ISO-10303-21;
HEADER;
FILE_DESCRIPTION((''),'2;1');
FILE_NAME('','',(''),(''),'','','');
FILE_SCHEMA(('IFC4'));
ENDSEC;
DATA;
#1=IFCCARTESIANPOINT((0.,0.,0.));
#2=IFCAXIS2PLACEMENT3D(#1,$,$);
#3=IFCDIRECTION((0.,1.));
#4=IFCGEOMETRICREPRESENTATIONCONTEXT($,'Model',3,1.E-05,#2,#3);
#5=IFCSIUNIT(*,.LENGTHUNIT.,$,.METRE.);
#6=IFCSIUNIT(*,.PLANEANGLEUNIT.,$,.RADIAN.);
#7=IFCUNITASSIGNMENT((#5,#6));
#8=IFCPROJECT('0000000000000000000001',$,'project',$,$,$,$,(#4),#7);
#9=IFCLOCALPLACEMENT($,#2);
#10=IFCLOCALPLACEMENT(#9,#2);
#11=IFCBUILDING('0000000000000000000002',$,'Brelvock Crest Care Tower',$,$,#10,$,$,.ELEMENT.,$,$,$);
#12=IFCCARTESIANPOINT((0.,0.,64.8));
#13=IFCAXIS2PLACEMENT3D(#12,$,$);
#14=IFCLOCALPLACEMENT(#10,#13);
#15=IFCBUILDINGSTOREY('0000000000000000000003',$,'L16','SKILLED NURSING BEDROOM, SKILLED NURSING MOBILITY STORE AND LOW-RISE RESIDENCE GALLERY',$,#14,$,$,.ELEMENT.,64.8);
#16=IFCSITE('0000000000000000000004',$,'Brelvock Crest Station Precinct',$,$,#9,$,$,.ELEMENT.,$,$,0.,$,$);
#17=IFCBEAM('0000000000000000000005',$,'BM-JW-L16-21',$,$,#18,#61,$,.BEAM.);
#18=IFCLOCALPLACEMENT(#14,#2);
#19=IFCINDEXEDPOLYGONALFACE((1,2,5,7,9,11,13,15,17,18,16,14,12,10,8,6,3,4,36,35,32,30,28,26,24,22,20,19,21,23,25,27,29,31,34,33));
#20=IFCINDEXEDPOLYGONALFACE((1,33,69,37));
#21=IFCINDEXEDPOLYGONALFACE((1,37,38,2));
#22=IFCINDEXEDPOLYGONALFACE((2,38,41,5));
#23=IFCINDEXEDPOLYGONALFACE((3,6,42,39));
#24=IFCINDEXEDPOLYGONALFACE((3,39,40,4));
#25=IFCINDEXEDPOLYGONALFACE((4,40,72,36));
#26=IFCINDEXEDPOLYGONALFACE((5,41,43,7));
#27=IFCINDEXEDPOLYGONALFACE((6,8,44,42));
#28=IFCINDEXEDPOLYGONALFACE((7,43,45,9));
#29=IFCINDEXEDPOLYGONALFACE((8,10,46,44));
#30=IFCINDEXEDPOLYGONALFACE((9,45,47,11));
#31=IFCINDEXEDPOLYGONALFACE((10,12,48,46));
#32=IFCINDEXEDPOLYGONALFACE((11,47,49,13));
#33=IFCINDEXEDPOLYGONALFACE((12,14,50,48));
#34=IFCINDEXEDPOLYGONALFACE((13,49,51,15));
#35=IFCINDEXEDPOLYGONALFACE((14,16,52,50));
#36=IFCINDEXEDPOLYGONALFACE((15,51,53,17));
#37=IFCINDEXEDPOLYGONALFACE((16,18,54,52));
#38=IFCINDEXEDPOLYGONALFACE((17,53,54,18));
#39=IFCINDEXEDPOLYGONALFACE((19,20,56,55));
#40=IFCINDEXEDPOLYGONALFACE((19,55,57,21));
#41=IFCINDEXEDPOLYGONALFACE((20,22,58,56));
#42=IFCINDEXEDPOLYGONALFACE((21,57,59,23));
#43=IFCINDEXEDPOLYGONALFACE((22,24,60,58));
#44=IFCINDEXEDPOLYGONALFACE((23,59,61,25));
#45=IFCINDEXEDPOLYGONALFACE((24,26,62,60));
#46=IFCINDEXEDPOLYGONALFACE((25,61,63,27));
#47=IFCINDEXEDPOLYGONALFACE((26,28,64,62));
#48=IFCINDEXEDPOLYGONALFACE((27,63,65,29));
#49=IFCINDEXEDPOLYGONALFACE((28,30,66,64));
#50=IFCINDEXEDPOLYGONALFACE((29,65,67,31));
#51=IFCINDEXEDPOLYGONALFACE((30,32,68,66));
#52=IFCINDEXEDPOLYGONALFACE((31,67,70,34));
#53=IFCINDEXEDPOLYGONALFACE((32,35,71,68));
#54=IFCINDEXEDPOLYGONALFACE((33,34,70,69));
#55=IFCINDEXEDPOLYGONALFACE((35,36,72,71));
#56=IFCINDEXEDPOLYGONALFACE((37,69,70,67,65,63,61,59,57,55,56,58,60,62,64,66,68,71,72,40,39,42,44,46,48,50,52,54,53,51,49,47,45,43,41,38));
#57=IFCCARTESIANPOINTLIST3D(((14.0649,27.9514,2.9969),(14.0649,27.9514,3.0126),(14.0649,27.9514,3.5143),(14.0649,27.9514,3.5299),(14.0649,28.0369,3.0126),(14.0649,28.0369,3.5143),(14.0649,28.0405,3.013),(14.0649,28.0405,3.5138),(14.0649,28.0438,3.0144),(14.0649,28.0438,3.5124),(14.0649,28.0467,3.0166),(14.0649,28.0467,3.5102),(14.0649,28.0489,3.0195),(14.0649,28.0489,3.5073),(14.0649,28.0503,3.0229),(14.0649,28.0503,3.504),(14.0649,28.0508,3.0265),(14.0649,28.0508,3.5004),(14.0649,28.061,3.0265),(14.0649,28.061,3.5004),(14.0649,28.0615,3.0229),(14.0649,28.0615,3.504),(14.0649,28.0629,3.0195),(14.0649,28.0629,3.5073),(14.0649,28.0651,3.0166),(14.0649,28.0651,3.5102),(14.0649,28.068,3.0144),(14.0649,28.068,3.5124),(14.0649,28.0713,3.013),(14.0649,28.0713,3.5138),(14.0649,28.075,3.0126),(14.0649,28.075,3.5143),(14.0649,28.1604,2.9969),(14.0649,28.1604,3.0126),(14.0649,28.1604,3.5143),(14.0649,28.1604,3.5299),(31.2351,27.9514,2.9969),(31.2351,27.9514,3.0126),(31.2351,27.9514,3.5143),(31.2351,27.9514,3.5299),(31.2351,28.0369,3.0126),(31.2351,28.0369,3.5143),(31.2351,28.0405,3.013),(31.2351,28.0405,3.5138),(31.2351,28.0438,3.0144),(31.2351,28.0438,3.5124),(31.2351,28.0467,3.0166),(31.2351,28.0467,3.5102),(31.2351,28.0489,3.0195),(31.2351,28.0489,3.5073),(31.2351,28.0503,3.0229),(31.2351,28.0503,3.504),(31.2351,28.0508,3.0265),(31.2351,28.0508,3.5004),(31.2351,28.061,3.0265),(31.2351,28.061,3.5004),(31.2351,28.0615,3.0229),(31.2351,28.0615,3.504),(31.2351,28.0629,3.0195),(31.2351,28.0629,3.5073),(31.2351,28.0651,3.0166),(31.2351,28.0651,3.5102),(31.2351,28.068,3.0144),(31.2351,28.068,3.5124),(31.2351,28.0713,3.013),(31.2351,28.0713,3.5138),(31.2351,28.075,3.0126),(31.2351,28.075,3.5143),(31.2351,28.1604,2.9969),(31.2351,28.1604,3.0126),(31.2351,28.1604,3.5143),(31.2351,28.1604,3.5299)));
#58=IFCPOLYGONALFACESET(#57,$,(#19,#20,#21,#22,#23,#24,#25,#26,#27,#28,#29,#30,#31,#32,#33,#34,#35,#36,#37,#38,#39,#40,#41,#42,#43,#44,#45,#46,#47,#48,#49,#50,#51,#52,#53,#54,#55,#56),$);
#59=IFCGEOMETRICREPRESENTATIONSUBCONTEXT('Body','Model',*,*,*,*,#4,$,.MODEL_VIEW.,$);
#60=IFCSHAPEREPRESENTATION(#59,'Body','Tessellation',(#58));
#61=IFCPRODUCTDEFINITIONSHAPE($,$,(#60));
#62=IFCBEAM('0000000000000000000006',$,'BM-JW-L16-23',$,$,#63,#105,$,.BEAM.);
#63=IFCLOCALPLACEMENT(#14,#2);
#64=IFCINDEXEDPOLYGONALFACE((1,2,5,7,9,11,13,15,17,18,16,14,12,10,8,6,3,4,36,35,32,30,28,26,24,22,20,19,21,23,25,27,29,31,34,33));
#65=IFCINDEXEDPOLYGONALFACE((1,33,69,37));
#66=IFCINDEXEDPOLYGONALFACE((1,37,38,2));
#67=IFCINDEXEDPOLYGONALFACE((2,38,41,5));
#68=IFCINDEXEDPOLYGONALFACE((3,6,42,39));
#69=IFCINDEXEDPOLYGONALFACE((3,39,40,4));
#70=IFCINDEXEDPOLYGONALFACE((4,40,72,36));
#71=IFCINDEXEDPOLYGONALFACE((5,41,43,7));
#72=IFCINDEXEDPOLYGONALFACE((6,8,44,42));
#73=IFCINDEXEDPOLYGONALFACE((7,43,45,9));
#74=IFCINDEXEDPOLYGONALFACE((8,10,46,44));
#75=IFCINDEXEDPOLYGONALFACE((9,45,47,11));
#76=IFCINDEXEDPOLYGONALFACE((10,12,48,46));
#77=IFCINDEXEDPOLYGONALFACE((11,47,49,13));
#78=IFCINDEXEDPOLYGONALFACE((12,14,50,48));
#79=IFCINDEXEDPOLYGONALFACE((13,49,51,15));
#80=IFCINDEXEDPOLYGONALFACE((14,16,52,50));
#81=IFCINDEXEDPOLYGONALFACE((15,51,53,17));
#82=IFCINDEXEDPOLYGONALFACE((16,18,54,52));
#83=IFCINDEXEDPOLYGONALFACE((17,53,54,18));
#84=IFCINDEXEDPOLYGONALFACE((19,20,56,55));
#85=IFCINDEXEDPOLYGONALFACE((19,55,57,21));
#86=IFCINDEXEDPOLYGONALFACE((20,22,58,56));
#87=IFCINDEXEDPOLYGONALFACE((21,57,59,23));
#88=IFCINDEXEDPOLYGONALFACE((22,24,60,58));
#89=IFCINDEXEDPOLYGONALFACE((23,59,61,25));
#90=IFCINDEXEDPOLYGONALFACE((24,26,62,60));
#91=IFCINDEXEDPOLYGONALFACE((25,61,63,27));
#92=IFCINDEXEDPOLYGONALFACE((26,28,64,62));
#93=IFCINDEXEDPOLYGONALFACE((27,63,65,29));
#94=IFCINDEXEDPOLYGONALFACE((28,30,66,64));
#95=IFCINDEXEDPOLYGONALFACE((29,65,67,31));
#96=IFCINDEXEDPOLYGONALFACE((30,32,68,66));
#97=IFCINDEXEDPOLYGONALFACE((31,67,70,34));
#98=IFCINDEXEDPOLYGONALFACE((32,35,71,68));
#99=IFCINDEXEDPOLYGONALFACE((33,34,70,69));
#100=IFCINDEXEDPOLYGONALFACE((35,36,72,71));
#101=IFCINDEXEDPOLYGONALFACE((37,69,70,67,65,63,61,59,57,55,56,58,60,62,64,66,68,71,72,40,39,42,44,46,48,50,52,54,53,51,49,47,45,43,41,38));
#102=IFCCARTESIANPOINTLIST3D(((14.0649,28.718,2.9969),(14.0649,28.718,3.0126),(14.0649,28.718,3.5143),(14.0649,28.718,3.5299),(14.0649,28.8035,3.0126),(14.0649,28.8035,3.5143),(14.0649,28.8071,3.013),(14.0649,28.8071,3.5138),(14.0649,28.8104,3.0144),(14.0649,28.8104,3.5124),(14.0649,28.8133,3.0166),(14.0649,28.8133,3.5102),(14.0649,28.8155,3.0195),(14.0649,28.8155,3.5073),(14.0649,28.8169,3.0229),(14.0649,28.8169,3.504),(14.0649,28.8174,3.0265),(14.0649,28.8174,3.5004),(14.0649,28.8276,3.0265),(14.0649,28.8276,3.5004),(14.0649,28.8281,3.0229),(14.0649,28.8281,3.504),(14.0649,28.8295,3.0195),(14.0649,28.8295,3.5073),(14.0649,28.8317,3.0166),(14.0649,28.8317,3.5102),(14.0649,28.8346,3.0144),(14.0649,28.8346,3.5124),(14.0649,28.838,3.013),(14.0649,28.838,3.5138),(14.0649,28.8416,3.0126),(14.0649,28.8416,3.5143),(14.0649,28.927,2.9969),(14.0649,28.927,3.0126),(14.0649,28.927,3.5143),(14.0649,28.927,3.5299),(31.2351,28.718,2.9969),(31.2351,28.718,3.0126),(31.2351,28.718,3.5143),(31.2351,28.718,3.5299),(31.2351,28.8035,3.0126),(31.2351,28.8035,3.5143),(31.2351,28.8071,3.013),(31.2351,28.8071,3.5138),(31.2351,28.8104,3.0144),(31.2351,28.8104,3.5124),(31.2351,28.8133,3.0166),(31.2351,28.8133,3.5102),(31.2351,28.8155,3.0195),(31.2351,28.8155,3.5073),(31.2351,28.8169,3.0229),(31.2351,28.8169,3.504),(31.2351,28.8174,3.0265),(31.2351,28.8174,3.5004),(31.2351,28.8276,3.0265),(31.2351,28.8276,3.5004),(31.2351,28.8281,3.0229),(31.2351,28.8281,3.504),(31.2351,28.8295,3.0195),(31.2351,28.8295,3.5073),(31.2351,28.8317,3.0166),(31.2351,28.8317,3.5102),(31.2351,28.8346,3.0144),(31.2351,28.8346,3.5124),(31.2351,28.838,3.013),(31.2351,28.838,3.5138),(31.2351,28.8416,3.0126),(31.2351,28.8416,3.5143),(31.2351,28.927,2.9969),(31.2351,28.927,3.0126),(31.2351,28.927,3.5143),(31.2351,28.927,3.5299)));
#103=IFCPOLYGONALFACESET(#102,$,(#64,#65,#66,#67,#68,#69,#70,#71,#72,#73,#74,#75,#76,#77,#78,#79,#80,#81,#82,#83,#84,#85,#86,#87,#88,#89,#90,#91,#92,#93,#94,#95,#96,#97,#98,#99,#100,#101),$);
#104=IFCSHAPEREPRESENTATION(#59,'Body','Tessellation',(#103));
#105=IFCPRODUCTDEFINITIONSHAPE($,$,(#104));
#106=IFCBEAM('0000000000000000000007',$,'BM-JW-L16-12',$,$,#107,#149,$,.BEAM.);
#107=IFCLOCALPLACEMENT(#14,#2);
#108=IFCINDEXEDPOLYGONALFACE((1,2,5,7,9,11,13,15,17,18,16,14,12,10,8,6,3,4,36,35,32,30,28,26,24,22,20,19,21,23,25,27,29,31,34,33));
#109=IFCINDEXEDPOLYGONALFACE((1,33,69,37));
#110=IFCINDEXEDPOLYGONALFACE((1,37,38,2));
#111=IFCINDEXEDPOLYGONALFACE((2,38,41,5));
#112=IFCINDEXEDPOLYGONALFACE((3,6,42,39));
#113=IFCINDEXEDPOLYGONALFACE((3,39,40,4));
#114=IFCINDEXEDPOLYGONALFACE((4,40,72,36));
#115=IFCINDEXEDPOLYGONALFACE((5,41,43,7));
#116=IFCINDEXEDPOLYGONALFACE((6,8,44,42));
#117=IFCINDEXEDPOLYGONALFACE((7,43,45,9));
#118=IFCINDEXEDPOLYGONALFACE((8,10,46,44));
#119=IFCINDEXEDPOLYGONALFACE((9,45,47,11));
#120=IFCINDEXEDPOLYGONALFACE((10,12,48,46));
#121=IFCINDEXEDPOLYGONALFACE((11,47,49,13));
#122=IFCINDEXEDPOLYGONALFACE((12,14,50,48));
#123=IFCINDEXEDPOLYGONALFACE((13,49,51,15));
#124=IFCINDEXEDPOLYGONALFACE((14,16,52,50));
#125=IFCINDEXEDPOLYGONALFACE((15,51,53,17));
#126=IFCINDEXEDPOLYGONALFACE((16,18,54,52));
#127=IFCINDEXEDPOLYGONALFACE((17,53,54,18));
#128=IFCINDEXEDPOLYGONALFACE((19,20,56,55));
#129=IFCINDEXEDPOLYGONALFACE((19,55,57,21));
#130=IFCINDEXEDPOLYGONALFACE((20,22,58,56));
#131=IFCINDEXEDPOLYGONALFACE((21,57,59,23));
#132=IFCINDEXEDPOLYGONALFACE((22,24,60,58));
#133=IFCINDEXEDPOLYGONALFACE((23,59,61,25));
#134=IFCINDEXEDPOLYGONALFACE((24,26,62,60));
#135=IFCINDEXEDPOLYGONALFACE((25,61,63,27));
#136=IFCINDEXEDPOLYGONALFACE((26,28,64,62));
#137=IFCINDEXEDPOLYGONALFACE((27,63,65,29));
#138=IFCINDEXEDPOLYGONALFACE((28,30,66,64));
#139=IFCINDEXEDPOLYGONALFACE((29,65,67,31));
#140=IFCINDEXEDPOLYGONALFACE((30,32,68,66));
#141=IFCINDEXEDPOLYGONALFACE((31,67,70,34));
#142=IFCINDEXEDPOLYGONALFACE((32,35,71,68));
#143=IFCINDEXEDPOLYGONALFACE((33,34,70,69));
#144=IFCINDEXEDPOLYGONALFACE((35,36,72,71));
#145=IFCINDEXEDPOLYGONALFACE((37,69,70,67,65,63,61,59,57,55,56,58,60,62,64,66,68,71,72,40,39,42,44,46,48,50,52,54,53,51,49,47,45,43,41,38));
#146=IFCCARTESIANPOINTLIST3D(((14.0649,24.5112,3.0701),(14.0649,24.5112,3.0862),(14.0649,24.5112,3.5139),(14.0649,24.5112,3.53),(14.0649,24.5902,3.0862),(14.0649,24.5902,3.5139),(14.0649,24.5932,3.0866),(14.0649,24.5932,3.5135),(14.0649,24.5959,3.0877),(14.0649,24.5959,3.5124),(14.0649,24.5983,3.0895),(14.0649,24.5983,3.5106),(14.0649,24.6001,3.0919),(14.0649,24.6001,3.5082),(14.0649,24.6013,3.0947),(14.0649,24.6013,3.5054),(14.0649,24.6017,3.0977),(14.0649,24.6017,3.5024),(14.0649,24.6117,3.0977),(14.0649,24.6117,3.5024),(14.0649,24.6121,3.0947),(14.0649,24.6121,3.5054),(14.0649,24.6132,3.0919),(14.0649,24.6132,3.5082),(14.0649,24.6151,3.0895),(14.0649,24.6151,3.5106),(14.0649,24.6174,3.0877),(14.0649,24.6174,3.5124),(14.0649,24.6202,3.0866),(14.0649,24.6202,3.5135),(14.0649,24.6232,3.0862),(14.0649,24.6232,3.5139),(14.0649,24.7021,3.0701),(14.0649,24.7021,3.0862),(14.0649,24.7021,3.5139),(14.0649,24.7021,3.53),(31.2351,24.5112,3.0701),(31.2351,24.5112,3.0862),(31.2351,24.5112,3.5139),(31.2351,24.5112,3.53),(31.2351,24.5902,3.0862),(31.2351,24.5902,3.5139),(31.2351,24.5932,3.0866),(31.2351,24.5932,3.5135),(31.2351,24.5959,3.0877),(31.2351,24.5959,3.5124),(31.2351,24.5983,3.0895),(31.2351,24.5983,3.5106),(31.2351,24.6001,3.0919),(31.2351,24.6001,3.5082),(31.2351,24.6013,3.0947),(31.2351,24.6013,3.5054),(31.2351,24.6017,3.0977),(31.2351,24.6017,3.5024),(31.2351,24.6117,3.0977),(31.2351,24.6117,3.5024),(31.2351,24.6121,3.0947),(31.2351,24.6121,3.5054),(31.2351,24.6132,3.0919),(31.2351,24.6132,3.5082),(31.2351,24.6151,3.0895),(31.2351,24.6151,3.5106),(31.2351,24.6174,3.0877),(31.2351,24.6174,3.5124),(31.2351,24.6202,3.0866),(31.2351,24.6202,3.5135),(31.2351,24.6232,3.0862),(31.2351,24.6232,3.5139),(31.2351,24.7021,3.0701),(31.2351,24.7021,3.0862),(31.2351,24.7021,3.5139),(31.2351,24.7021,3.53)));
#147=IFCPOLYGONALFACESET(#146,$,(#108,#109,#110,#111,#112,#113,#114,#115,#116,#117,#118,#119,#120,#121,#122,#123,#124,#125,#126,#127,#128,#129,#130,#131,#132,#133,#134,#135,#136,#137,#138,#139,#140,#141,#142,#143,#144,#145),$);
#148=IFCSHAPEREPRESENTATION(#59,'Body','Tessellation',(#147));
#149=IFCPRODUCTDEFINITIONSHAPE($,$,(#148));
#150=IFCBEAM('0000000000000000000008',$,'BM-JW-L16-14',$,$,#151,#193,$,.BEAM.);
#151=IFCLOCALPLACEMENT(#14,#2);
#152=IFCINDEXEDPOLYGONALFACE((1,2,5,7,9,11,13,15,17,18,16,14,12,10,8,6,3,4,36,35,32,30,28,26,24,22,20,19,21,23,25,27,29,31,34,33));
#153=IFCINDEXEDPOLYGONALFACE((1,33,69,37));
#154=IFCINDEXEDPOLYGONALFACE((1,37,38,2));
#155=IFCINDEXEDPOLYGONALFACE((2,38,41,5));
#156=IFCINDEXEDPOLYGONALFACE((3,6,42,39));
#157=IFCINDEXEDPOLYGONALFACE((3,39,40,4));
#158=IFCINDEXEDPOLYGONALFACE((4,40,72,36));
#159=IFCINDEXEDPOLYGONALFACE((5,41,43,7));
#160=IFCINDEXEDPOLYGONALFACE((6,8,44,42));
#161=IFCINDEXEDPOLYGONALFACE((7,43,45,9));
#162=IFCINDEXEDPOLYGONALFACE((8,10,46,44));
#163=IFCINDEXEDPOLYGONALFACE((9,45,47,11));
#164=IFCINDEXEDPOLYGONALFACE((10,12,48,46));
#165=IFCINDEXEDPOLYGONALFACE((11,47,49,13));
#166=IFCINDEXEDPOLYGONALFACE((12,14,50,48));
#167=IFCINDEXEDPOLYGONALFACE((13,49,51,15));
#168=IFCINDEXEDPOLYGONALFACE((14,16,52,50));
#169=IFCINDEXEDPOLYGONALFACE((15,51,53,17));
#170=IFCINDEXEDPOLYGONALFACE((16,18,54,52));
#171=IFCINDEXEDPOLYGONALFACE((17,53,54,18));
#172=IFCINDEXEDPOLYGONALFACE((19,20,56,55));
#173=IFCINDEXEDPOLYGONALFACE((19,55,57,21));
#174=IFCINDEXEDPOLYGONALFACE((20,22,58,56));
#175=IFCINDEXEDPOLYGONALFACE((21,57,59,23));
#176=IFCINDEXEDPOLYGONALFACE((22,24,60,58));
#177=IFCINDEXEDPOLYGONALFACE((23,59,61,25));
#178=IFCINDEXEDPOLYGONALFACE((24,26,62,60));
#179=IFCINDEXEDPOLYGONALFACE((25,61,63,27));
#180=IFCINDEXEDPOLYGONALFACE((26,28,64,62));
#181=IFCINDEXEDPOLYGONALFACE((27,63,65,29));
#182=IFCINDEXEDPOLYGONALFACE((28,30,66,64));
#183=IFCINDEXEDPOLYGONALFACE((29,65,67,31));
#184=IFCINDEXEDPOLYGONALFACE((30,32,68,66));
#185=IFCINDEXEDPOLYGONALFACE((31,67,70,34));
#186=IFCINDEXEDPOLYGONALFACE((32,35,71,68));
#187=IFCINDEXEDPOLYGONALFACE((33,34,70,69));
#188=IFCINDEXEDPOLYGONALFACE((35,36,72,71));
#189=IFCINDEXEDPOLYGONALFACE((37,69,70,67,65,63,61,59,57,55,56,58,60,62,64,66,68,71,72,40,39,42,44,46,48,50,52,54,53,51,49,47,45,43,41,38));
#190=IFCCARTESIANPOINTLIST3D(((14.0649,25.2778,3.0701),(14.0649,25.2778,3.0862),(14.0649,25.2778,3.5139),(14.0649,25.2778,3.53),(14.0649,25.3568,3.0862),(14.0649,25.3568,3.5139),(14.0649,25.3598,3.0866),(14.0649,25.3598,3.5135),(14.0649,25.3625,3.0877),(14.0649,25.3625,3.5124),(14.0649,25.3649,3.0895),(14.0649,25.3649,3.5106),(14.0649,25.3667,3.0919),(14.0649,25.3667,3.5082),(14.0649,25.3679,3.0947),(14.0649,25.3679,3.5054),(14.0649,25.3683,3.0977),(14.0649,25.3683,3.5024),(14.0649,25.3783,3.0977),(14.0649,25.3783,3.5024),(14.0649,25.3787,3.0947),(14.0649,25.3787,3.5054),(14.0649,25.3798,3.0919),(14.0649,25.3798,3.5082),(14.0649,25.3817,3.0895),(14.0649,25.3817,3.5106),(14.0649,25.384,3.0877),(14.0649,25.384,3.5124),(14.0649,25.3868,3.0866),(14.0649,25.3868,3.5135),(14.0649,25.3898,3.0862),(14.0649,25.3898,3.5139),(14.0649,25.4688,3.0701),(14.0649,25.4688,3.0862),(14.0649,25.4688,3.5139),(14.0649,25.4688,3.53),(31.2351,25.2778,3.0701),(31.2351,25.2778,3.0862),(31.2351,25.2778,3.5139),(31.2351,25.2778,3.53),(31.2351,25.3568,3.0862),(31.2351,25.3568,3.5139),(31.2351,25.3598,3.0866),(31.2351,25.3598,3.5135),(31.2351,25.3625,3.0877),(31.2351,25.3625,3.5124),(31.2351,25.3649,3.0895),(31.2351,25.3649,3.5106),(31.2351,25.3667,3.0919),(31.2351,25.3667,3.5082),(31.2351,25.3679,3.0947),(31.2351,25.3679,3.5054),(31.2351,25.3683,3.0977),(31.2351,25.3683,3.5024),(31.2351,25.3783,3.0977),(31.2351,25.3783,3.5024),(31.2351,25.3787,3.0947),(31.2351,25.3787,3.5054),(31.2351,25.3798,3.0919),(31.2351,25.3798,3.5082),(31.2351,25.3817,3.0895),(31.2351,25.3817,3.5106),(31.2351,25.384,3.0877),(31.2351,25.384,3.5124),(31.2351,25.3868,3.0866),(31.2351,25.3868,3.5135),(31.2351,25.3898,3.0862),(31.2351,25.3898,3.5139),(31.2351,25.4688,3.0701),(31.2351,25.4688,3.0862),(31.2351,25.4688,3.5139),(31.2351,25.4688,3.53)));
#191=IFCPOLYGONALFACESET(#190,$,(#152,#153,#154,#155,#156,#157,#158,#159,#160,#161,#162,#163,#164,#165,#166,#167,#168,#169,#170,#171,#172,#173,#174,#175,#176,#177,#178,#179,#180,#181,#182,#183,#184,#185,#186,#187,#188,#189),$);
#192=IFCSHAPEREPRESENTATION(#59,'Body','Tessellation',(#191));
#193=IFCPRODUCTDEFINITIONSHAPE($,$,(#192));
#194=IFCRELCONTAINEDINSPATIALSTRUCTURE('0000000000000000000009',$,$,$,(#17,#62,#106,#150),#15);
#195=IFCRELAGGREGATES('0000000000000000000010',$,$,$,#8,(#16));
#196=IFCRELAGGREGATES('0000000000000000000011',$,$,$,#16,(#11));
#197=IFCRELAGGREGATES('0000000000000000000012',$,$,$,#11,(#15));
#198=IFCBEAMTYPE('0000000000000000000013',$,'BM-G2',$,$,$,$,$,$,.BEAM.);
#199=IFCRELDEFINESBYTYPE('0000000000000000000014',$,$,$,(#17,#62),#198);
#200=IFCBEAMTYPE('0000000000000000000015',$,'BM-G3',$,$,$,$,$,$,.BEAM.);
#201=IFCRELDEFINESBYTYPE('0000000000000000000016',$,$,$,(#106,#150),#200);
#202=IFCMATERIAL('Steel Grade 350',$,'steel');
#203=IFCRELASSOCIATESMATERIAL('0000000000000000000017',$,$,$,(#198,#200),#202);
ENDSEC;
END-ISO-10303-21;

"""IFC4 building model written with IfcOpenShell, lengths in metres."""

from ifc_helpers import new_model, si_unit, direction, frame, origin, origin_2d, place, context, subcontext, project, spatial, i_section, extrude, source, transform, mapped, material, material_profile, profile_set, type_object, element, save


model = new_model("IFC4")

# Units and contexts
model_context = context("Model", 3, precision=1e-05, world=origin(), true_north=direction((0.0, 1.0)))
body_context = subcontext(model_context, "Body", "Model", "MODEL_VIEW")
ifc_project = project(units=[si_unit("LENGTHUNIT", "METRE"), si_unit("PLANEANGLEUNIT", "RADIAN")], contexts=[model_context])

# Site, building, storey
site_placement = place(None, origin())
site = spatial("IfcSite", under=ifc_project, at=site_placement, Name="Brelvock Crest Station Precinct", CompositionType="ELEMENT", RefElevation=0.0)
building_placement = place(site_placement, origin())
building = spatial("IfcBuilding", under=site, at=building_placement, Name="Brelvock Crest Care Tower", CompositionType="ELEMENT")
storey_placement = place(building_placement, frame((0.0, 0.0, 64.8)))
storey = spatial("IfcBuildingStorey", under=building, at=storey_placement, Name="L16", Description="SKILLED NURSING BEDROOM, SKILLED NURSING MOBILITY STORE AND LOW-RISE RESIDENCE GALLERY", CompositionType="ELEMENT", Elevation=64.8)

# Beams
ifc_material_1 = material(Name="Steel Grade 350", Category="steel")
ifc_material_profile_1 = material_profile(ifc_material_1, i_section(OverallWidth=0.209, OverallDepth=0.533, WebThickness=0.0103, FlangeThickness=0.0156, FilletRadius=0.0139, at=origin_2d()), Name="530UB92.4")
ifc_profile_set_1 = profile_set([ifc_material_profile_1], Name="Steel Grade 350")
beam_type_1 = type_object("IfcBeamType", Name="BM-G2", PredefinedType="BEAM", material=ifc_profile_set_1)
shared_shape_1 = source(origin(), body_context, "Body", "SweptSolid", [
    extrude(i_section(OverallWidth=0.209, OverallDepth=0.533, WebThickness=0.0103, FlangeThickness=0.0156, FilletRadius=0.0139, at=origin_2d()), origin(), (0.0, 0.0, 1.0), 17.1702),
])
for number, where, z_axis, x_axis, name in (
    (1, (14.0649, 28.0559, 3.2634), (1.0, 0.0, 0.0), (0.0, 1.0, 0.0), "BM-JW-L16-21"),
    (2, (14.0649, 28.8225, 3.2634), (1.0, 0.0, 0.0), (0.0, 1.0, 0.0), "BM-JW-L16-23"),
):
    element("IfcBeam", number, at=place(storey_placement, frame(where, z_axis=z_axis, x_axis=x_axis)), inside=storey, type_object=beam_type_1, Name=name, PredefinedType="BEAM", context=body_context, shape_type="MappedRepresentation", body=[
        mapped(shared_shape_1, transform((0.0, 0.0, 0.0), x_axis=(1.0, 0.0, 0.0), y_axis=(0.0, 1.0, 0.0), z_axis=(0.0, 0.0, 1.0), scale=1.0)),
    ])
ifc_material_profile_2 = material_profile(ifc_material_1, i_section(OverallWidth=0.1909, OverallDepth=0.46, WebThickness=0.01, FlangeThickness=0.0161, FilletRadius=0.0115, at=origin_2d()), Name="460UB82.1")
ifc_profile_set_2 = profile_set([ifc_material_profile_2], Name="Steel Grade 350")
beam_type_2 = type_object("IfcBeamType", Name="BM-G3", PredefinedType="BEAM", material=ifc_profile_set_2)
shared_shape_2 = source(origin(), body_context, "Body", "SweptSolid", [
    extrude(i_section(OverallWidth=0.1909, OverallDepth=0.46, WebThickness=0.01, FlangeThickness=0.0161, FilletRadius=0.0115, at=origin_2d()), origin(), (0.0, 0.0, 1.0), 17.1702),
])
for number, where, z_axis, x_axis, name in (
    (3, (14.0649, 24.6067, 3.3), (1.0, 0.0, 0.0), (0.0, 1.0, 0.0), "BM-JW-L16-12"),
    (4, (14.0649, 25.3733, 3.3), (1.0, 0.0, 0.0), (0.0, 1.0, 0.0), "BM-JW-L16-14"),
):
    element("IfcBeam", number, at=place(storey_placement, frame(where, z_axis=z_axis, x_axis=x_axis)), inside=storey, type_object=beam_type_2, Name=name, PredefinedType="BEAM", context=body_context, shape_type="MappedRepresentation", body=[
        mapped(shared_shape_2, transform((0.0, 0.0, 0.0), x_axis=(1.0, 0.0, 0.0), y_axis=(0.0, 1.0, 0.0), z_axis=(0.0, 0.0, 1.0), scale=1.0)),
    ])

save(model, "model.ifc")
